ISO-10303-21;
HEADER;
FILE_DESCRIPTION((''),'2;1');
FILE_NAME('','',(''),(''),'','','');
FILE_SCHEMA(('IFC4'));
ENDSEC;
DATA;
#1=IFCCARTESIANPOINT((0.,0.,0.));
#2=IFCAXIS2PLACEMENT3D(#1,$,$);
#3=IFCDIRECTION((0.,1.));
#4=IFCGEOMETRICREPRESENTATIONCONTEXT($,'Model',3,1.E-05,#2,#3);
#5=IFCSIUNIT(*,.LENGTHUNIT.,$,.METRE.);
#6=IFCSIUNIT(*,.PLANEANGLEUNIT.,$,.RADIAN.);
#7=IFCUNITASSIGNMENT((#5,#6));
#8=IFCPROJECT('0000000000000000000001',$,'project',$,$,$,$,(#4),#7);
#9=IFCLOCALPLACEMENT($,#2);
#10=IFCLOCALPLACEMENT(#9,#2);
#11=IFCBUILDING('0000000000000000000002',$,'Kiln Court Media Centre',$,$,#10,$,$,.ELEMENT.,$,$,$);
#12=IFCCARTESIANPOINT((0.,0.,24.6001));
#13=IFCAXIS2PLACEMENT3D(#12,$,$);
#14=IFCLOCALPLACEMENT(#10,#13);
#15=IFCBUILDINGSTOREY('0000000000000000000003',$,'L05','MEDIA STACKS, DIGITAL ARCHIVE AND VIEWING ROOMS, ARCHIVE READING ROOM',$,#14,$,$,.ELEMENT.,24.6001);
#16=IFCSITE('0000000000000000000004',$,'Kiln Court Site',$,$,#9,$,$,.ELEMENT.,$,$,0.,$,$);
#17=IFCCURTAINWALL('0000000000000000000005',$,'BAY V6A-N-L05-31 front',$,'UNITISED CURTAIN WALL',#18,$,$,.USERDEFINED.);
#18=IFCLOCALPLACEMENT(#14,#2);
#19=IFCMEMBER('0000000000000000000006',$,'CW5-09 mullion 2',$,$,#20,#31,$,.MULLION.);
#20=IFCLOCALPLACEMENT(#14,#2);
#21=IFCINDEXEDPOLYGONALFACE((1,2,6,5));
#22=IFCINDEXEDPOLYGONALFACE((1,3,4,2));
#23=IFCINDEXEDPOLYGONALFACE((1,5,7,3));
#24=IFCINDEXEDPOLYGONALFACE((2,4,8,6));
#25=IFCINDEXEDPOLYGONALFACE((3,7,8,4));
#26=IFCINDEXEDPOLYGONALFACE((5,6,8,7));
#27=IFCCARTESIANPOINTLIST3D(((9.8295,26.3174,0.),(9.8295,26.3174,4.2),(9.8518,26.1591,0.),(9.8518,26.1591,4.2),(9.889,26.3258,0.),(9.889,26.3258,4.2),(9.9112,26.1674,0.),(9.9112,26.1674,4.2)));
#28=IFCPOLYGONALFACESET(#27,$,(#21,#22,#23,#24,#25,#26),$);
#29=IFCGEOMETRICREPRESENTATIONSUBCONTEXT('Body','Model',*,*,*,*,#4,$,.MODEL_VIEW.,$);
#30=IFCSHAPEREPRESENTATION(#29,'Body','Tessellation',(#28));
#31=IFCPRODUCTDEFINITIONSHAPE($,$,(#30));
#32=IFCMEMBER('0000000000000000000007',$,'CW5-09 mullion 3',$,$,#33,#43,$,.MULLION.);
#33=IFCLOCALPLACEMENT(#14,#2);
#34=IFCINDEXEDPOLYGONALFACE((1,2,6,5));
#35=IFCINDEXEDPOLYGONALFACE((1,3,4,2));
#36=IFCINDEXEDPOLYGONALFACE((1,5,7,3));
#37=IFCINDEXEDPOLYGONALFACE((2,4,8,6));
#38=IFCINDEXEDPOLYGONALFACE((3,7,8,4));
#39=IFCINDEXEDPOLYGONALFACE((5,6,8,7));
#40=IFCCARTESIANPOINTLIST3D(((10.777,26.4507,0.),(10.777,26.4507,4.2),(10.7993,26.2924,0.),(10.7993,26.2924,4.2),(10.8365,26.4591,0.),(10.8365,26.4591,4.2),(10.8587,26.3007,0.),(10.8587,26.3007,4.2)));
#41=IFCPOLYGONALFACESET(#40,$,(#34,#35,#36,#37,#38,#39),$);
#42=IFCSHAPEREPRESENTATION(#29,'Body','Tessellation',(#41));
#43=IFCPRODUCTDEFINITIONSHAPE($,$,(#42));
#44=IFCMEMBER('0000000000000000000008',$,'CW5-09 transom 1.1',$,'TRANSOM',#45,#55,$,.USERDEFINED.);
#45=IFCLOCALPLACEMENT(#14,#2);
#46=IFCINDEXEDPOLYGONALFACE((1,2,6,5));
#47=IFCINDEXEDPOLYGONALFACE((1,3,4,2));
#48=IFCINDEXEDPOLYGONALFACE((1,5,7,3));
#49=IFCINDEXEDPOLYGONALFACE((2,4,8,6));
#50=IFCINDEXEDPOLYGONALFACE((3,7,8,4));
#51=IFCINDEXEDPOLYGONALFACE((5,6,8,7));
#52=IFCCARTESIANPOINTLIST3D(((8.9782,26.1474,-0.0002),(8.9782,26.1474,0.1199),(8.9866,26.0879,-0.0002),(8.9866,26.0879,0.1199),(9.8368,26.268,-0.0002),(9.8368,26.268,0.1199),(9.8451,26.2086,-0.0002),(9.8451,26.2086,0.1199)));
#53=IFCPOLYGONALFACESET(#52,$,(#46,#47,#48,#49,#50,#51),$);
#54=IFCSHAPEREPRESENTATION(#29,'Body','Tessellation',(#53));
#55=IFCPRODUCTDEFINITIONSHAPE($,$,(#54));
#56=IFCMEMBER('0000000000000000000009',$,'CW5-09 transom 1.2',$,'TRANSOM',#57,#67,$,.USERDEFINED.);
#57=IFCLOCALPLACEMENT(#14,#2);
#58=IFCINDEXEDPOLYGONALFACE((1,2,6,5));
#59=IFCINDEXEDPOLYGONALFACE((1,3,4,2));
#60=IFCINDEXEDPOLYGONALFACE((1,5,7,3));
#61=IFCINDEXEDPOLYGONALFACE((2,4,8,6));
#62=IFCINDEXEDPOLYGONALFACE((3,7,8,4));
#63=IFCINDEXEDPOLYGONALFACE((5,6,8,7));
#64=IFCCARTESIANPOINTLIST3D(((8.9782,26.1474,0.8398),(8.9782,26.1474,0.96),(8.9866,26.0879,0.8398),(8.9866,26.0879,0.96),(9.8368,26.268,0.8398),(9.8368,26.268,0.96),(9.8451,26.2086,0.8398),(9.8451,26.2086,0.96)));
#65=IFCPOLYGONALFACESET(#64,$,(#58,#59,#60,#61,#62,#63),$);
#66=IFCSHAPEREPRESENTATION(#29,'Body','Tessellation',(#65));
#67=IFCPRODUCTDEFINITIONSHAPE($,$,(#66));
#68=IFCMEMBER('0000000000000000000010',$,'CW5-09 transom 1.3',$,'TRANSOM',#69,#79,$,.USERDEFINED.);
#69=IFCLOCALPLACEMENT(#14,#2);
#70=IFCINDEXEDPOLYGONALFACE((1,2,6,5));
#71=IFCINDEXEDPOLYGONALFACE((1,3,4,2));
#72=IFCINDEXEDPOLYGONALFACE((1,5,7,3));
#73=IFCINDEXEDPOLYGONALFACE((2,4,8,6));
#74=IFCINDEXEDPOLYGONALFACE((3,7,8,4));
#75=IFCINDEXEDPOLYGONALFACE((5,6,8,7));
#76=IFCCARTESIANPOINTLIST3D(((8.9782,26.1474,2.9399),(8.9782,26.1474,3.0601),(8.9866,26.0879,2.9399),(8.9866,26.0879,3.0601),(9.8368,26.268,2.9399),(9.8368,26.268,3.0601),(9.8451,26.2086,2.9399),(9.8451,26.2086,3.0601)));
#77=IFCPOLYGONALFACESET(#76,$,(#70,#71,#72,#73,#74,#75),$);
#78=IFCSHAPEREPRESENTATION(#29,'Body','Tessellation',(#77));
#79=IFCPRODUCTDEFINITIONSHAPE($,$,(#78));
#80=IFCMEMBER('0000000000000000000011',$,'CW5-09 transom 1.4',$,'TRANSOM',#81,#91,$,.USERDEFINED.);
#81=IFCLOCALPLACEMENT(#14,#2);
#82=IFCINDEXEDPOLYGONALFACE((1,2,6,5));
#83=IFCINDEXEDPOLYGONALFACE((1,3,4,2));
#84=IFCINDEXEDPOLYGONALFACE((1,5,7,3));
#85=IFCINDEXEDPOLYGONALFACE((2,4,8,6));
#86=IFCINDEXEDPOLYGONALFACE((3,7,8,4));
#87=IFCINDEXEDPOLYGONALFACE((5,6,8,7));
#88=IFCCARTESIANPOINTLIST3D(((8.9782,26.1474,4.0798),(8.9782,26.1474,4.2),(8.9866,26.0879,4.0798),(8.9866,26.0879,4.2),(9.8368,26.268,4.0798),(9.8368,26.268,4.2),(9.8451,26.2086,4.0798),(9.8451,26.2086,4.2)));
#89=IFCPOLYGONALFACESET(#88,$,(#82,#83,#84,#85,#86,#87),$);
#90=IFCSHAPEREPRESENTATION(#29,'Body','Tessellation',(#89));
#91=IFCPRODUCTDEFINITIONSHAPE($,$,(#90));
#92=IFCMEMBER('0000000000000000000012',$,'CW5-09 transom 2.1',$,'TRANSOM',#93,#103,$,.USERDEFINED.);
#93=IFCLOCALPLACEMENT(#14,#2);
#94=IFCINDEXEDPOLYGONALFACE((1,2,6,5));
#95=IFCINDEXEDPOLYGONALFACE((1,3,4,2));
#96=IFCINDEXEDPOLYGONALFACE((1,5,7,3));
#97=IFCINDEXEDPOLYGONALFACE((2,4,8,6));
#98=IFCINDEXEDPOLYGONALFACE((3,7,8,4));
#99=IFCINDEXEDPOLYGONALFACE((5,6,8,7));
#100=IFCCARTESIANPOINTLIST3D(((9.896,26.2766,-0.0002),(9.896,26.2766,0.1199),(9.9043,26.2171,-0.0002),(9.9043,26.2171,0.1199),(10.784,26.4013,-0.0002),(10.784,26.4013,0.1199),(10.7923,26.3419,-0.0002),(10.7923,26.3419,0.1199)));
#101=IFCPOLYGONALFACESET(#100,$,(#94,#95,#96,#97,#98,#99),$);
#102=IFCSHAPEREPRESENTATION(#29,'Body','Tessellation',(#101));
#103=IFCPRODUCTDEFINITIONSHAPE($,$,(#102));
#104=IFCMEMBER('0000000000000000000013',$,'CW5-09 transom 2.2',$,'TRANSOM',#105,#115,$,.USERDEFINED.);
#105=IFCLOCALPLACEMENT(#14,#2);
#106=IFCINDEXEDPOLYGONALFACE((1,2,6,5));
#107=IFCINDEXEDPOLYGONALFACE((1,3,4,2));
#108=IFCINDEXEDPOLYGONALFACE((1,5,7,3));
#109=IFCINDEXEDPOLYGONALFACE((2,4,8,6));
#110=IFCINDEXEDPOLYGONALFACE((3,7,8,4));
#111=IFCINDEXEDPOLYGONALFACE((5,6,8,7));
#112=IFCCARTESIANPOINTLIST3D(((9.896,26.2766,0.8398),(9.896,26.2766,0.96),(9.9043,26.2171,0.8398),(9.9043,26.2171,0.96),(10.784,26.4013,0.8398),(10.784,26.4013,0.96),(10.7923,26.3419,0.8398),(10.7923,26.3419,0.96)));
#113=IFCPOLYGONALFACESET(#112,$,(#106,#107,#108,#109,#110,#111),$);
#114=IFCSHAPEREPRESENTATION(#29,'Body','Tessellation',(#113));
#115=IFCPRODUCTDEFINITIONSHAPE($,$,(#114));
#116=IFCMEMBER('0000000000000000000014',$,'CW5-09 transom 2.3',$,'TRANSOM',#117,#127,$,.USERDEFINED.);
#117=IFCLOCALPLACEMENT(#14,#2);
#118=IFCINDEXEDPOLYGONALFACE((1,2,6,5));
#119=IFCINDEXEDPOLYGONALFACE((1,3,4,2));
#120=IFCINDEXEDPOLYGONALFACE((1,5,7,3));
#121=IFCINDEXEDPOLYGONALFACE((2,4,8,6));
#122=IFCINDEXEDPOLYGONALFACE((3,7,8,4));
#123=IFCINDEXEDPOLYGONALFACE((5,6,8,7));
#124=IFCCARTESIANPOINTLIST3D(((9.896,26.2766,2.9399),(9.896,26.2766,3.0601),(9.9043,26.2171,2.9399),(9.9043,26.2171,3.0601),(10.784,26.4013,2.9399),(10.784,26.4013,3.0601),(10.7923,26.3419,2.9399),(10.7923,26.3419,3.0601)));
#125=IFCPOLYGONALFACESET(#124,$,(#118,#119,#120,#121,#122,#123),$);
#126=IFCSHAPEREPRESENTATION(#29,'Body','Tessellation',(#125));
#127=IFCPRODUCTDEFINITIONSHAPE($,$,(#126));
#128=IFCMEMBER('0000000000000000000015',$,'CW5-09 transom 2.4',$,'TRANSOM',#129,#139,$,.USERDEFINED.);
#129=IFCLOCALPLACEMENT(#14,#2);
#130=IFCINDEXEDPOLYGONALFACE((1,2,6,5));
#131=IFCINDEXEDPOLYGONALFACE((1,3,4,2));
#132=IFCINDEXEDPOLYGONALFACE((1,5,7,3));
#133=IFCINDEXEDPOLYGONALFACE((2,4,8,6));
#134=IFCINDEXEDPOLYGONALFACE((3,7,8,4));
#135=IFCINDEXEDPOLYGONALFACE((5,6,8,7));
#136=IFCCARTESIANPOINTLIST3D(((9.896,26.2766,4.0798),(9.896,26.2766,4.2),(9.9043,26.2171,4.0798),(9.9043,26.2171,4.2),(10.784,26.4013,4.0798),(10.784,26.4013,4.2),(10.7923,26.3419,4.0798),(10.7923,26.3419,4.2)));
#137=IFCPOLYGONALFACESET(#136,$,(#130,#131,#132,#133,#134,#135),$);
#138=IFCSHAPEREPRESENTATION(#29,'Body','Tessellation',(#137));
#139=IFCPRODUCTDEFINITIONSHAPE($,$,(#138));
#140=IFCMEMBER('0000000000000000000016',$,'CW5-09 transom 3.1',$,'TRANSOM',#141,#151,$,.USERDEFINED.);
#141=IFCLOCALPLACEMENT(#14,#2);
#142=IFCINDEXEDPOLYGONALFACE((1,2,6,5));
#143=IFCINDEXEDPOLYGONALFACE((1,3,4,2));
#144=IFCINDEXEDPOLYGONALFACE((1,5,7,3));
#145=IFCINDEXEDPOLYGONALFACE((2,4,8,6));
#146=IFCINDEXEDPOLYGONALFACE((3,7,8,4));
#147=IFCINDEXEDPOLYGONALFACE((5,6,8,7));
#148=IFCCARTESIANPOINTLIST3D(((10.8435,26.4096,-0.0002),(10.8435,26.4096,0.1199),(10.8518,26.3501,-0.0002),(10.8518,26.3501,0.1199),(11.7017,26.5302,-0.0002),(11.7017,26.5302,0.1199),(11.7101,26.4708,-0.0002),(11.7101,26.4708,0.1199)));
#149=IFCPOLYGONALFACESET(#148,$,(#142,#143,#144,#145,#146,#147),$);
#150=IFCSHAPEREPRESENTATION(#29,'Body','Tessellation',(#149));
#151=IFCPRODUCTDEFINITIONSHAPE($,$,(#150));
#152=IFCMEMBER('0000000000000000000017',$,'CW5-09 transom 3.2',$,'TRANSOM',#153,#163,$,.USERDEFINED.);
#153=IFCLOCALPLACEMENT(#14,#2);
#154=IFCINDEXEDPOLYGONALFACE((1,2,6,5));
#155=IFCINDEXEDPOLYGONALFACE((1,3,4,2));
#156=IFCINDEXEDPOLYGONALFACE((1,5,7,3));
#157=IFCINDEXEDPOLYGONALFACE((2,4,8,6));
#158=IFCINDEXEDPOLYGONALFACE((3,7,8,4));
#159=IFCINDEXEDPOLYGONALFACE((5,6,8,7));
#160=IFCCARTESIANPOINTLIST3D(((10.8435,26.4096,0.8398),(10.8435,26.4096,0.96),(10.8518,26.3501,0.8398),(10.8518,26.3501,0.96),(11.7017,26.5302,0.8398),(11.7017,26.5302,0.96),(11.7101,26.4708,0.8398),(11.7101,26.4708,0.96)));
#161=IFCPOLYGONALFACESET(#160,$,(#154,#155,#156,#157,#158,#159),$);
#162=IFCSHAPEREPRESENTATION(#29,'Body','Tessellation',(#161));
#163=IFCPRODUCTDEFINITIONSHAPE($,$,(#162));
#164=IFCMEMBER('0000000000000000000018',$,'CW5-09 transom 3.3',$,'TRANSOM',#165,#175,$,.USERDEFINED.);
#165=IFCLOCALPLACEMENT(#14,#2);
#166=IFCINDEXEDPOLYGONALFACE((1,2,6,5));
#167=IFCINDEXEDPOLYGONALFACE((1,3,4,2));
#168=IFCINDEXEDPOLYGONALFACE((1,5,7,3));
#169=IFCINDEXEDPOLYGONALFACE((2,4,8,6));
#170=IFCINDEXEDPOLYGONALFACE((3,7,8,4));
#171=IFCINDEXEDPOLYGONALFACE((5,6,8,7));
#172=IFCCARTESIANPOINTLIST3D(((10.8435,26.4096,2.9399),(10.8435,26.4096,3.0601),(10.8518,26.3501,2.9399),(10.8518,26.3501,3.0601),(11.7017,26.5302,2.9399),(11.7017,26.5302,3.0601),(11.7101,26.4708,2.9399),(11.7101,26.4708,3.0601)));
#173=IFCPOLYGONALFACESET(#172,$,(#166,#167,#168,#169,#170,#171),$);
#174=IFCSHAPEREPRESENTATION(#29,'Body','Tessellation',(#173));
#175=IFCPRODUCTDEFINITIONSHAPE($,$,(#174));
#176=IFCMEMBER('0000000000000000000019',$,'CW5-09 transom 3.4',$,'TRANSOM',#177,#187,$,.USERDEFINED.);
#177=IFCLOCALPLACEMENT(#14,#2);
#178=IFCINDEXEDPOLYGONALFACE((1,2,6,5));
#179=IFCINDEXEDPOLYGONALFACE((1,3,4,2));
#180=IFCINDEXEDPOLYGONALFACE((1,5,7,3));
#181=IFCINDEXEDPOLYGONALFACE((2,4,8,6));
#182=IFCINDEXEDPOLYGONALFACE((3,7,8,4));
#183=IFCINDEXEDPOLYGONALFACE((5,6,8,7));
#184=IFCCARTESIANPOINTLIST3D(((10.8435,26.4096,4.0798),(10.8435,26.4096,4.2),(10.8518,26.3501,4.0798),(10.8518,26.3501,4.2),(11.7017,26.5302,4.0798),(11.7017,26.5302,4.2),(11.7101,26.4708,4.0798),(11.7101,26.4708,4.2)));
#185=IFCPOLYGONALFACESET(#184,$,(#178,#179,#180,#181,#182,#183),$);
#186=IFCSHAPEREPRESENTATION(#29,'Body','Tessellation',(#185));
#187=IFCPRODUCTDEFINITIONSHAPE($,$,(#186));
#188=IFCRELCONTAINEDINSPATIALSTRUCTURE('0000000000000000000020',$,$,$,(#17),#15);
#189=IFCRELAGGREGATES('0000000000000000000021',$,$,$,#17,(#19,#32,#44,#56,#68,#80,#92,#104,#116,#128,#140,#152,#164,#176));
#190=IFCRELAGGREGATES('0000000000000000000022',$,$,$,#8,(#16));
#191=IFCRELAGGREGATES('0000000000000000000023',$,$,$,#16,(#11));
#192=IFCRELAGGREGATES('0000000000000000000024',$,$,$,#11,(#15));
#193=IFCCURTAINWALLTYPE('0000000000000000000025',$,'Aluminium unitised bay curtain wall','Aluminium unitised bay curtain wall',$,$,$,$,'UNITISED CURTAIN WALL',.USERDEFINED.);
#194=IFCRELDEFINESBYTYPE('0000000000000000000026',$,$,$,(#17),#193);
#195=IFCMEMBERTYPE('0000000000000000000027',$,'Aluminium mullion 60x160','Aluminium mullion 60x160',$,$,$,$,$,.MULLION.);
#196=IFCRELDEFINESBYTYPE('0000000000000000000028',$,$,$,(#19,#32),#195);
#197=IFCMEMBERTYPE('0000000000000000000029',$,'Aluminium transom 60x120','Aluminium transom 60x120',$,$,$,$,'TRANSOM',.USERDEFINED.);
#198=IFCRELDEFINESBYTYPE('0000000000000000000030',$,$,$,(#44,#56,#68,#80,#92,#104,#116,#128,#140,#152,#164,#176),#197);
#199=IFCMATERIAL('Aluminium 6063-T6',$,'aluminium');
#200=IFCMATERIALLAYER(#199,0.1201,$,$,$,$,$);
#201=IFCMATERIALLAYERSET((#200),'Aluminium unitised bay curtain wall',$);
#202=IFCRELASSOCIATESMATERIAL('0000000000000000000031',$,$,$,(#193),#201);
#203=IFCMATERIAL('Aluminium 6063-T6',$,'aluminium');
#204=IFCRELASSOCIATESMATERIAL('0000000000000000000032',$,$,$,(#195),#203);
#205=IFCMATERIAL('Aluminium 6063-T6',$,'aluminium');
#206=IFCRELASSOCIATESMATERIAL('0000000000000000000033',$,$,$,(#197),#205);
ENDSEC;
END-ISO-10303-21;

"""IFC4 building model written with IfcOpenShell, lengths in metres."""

from ifc_helpers import new_model, si_unit, direction, frame, origin, origin_2d, place, context, subcontext, project, spatial, rectangle, extrude, material, layer, layer_set, material_profile, profile_set, type_object, element, aggregate, save


model = new_model("IFC4")

# Units and contexts
model_context = context("Model", 3, precision=1e-05, world=origin(), true_north=direction((0.0, 1.0)))
body_context = subcontext(model_context, "Body", "Model", "MODEL_VIEW")
ifc_project = project(units=[si_unit("LENGTHUNIT", "METRE"), si_unit("PLANEANGLEUNIT", "RADIAN")], contexts=[model_context])

# Site, building, storey
site_placement = place(None, origin())
site = spatial("IfcSite", under=ifc_project, at=site_placement, Name="Kiln Court Site", CompositionType="ELEMENT", RefElevation=0.0)
building_placement = place(site_placement, origin())
building = spatial("IfcBuilding", under=site, at=building_placement, Name="Kiln Court Media Centre", CompositionType="ELEMENT")
storey_placement = place(building_placement, frame((0.0, 0.0, 24.6001)))
storey = spatial("IfcBuildingStorey", under=building, at=storey_placement, Name="L05", Description="MEDIA STACKS, DIGITAL ARCHIVE AND VIEWING ROOMS, ARCHIVE READING ROOM", CompositionType="ELEMENT", Elevation=24.6001)

# Curtain wall, members
ifc_material_1 = material(Name="Aluminium 6063-T6", Category="aluminium")
ifc_layer_1 = layer(ifc_material_1, 0.1201)
ifc_layer_set_1 = layer_set([ifc_layer_1], Name="Aluminium unitised bay curtain wall")
curtain_wall_type = type_object("IfcCurtainWallType", Name="Aluminium unitised bay curtain wall", Description="Aluminium unitised bay curtain wall", ElementType="UNITISED CURTAIN WALL", PredefinedType="USERDEFINED", material=ifc_layer_set_1)
curtain_wall_1_placement = place(storey_placement, origin())
curtain_wall_1 = element("IfcCurtainWall", 1, at=curtain_wall_1_placement, inside=storey, type_object=curtain_wall_type, Name="BAY V6A-N-L05-31 front", ObjectType="UNITISED CURTAIN WALL", PredefinedType="USERDEFINED")
ifc_material_2 = material(Name="Aluminium 6063-T6", Category="aluminium")
ifc_material_profile_1 = material_profile(ifc_material_2, rectangle(XDim=0.0601, YDim=0.1599, at=origin_2d()), Name="Aluminium mullion 60x160")
ifc_profile_set_1 = profile_set([ifc_material_profile_1], Name="Aluminium 6063-T6")
member_type_1 = type_object("IfcMemberType", Name="Aluminium mullion 60x160", Description="Aluminium mullion 60x160", PredefinedType="MULLION", material=ifc_profile_set_1)
member_1_placement = place(storey_placement, frame((9.8704, 26.2424, 0.0), z_axis=(0.0, 0.0, 1.0), x_axis=(0.99027, 0.139162, 0.0)))
member_1 = element("IfcMember", 2, at=member_1_placement, type_object=member_type_1, Name="CW5-09 mullion 2", PredefinedType="MULLION", context=body_context, shape_type="SweptSolid", body=[
    extrude(rectangle(XDim=0.0601, YDim=0.1599, at=origin_2d()), origin(), (0.0, 0.0, 1.0), 4.2),
])
member_2_placement = place(storey_placement, frame((10.8179, 26.3757, 0.0), z_axis=(0.0, 0.0, 1.0), x_axis=(0.99027, 0.139162, 0.0)))
member_2 = element("IfcMember", 3, at=member_2_placement, type_object=member_type_1, Name="CW5-09 mullion 3", PredefinedType="MULLION", context=body_context, shape_type="SweptSolid", body=[
    extrude(rectangle(XDim=0.0601, YDim=0.1599, at=origin_2d()), origin(), (0.0, 0.0, 1.0), 4.2),
])
ifc_material_3 = material(Name="Aluminium 6063-T6", Category="aluminium")
ifc_material_profile_2 = material_profile(ifc_material_3, rectangle(XDim=0.0601, YDim=0.1201, at=origin_2d()), Name="Aluminium transom 60x120")
ifc_profile_set_2 = profile_set([ifc_material_profile_2], Name="Aluminium 6063-T6")
member_type_2 = type_object("IfcMemberType", Name="Aluminium transom 60x120", Description="Aluminium transom 60x120", ElementType="TRANSOM", PredefinedType="USERDEFINED", material=ifc_profile_set_2)
member_3_placement = place(storey_placement, frame((8.9824, 26.1177, 0.0598), z_axis=(0.990274, 0.139134, 0.0), x_axis=(-0.139134, 0.990274, 0.0)))
member_3 = element("IfcMember", 4, at=member_3_placement, type_object=member_type_2, Name="CW5-09 transom 1.1", ObjectType="TRANSOM", PredefinedType="USERDEFINED", context=body_context, shape_type="SweptSolid", body=[
    extrude(rectangle(XDim=0.0601, YDim=0.1201, at=origin_2d()), origin(), (0.0, 0.0, 1.0), 0.8669),
])
member_4_placement = place(storey_placement, frame((8.9824, 26.1177, 0.8999), z_axis=(0.990274, 0.139134, 0.0), x_axis=(-0.139134, 0.990274, 0.0)))
member_4 = element("IfcMember", 5, at=member_4_placement, type_object=member_type_2, Name="CW5-09 transom 1.2", ObjectType="TRANSOM", PredefinedType="USERDEFINED", context=body_context, shape_type="SweptSolid", body=[
    extrude(rectangle(XDim=0.0601, YDim=0.1201, at=origin_2d()), origin(), (0.0, 0.0, 1.0), 0.8669),
])
member_5_placement = place(storey_placement, frame((8.9824, 26.1177, 3.0), z_axis=(0.990274, 0.139134, 0.0), x_axis=(-0.139134, 0.990274, 0.0)))
member_5 = element("IfcMember", 6, at=member_5_placement, type_object=member_type_2, Name="CW5-09 transom 1.3", ObjectType="TRANSOM", PredefinedType="USERDEFINED", context=body_context, shape_type="SweptSolid", body=[
    extrude(rectangle(XDim=0.0601, YDim=0.1201, at=origin_2d()), origin(), (0.0, 0.0, 1.0), 0.8669),
])
member_6_placement = place(storey_placement, frame((8.9824, 26.1177, 4.1399), z_axis=(0.990274, 0.139134, 0.0), x_axis=(-0.139134, 0.990274, 0.0)))
member_6 = element("IfcMember", 7, at=member_6_placement, type_object=member_type_2, Name="CW5-09 transom 1.4", ObjectType="TRANSOM", PredefinedType="USERDEFINED", context=body_context, shape_type="SweptSolid", body=[
    extrude(rectangle(XDim=0.0601, YDim=0.1201, at=origin_2d()), origin(), (0.0, 0.0, 1.0), 0.8669),
])
member_7_placement = place(storey_placement, frame((9.9001, 26.2468, 0.0598), z_axis=(0.990274, 0.139134, 0.0), x_axis=(-0.139134, 0.990274, 0.0)))
member_7 = element("IfcMember", 8, at=member_7_placement, type_object=member_type_2, Name="CW5-09 transom 2.1", ObjectType="TRANSOM", PredefinedType="USERDEFINED", context=body_context, shape_type="SweptSolid", body=[
    extrude(rectangle(XDim=0.0601, YDim=0.1201, at=origin_2d()), origin(), (0.0, 0.0, 1.0), 0.8967),
])
member_8_placement = place(storey_placement, frame((9.9001, 26.2468, 0.8999), z_axis=(0.990274, 0.139134, 0.0), x_axis=(-0.139134, 0.990274, 0.0)))
member_8 = element("IfcMember", 9, at=member_8_placement, type_object=member_type_2, Name="CW5-09 transom 2.2", ObjectType="TRANSOM", PredefinedType="USERDEFINED", context=body_context, shape_type="SweptSolid", body=[
    extrude(rectangle(XDim=0.0601, YDim=0.1201, at=origin_2d()), origin(), (0.0, 0.0, 1.0), 0.8967),
])
member_9_placement = place(storey_placement, frame((9.9001, 26.2468, 3.0), z_axis=(0.990274, 0.139134, 0.0), x_axis=(-0.139134, 0.990274, 0.0)))
member_9 = element("IfcMember", 10, at=member_9_placement, type_object=member_type_2, Name="CW5-09 transom 2.3", ObjectType="TRANSOM", PredefinedType="USERDEFINED", context=body_context, shape_type="SweptSolid", body=[
    extrude(rectangle(XDim=0.0601, YDim=0.1201, at=origin_2d()), origin(), (0.0, 0.0, 1.0), 0.8967),
])
member_10_placement = place(storey_placement, frame((9.9001, 26.2468, 4.1399), z_axis=(0.990274, 0.139134, 0.0), x_axis=(-0.139134, 0.990274, 0.0)))
member_10 = element("IfcMember", 11, at=member_10_placement, type_object=member_type_2, Name="CW5-09 transom 2.4", ObjectType="TRANSOM", PredefinedType="USERDEFINED", context=body_context, shape_type="SweptSolid", body=[
    extrude(rectangle(XDim=0.0601, YDim=0.1201, at=origin_2d()), origin(), (0.0, 0.0, 1.0), 0.8967),
])
member_11_placement = place(storey_placement, frame((10.8477, 26.3799, 0.0598), z_axis=(0.990268, 0.139173, 0.0), x_axis=(-0.139173, 0.990268, 0.0)))
member_11 = element("IfcMember", 12, at=member_11_placement, type_object=member_type_2, Name="CW5-09 transom 3.1", ObjectType="TRANSOM", PredefinedType="USERDEFINED", context=body_context, shape_type="SweptSolid", body=[
    extrude(rectangle(XDim=0.0601, YDim=0.1201, at=origin_2d()), origin(), (0.0, 0.0, 1.0), 0.8667),
])
member_12_placement = place(storey_placement, frame((10.8477, 26.3799, 0.8999), z_axis=(0.990268, 0.139173, 0.0), x_axis=(-0.139173, 0.990268, 0.0)))
member_12 = element("IfcMember", 13, at=member_12_placement, type_object=member_type_2, Name="CW5-09 transom 3.2", ObjectType="TRANSOM", PredefinedType="USERDEFINED", context=body_context, shape_type="SweptSolid", body=[
    extrude(rectangle(XDim=0.0601, YDim=0.1201, at=origin_2d()), origin(), (0.0, 0.0, 1.0), 0.8667),
])
member_13_placement = place(storey_placement, frame((10.8477, 26.3799, 3.0), z_axis=(0.990268, 0.139173, 0.0), x_axis=(-0.139173, 0.990268, 0.0)))
member_13 = element("IfcMember", 14, at=member_13_placement, type_object=member_type_2, Name="CW5-09 transom 3.3", ObjectType="TRANSOM", PredefinedType="USERDEFINED", context=body_context, shape_type="SweptSolid", body=[
    extrude(rectangle(XDim=0.0601, YDim=0.1201, at=origin_2d()), origin(), (0.0, 0.0, 1.0), 0.8667),
])
member_14_placement = place(storey_placement, frame((10.8477, 26.3799, 4.1399), z_axis=(0.990268, 0.139173, 0.0), x_axis=(-0.139173, 0.990268, 0.0)))
member_14 = element("IfcMember", 15, at=member_14_placement, type_object=member_type_2, Name="CW5-09 transom 3.4", ObjectType="TRANSOM", PredefinedType="USERDEFINED", context=body_context, shape_type="SweptSolid", body=[
    extrude(rectangle(XDim=0.0601, YDim=0.1201, at=origin_2d()), origin(), (0.0, 0.0, 1.0), 0.8667),
])

aggregate(curtain_wall_1, [member_1, member_2, member_3, member_4, member_5, member_6, member_7, member_8, member_9, member_10, member_11, member_12, member_13, member_14])

save(model, "model.ifc")
